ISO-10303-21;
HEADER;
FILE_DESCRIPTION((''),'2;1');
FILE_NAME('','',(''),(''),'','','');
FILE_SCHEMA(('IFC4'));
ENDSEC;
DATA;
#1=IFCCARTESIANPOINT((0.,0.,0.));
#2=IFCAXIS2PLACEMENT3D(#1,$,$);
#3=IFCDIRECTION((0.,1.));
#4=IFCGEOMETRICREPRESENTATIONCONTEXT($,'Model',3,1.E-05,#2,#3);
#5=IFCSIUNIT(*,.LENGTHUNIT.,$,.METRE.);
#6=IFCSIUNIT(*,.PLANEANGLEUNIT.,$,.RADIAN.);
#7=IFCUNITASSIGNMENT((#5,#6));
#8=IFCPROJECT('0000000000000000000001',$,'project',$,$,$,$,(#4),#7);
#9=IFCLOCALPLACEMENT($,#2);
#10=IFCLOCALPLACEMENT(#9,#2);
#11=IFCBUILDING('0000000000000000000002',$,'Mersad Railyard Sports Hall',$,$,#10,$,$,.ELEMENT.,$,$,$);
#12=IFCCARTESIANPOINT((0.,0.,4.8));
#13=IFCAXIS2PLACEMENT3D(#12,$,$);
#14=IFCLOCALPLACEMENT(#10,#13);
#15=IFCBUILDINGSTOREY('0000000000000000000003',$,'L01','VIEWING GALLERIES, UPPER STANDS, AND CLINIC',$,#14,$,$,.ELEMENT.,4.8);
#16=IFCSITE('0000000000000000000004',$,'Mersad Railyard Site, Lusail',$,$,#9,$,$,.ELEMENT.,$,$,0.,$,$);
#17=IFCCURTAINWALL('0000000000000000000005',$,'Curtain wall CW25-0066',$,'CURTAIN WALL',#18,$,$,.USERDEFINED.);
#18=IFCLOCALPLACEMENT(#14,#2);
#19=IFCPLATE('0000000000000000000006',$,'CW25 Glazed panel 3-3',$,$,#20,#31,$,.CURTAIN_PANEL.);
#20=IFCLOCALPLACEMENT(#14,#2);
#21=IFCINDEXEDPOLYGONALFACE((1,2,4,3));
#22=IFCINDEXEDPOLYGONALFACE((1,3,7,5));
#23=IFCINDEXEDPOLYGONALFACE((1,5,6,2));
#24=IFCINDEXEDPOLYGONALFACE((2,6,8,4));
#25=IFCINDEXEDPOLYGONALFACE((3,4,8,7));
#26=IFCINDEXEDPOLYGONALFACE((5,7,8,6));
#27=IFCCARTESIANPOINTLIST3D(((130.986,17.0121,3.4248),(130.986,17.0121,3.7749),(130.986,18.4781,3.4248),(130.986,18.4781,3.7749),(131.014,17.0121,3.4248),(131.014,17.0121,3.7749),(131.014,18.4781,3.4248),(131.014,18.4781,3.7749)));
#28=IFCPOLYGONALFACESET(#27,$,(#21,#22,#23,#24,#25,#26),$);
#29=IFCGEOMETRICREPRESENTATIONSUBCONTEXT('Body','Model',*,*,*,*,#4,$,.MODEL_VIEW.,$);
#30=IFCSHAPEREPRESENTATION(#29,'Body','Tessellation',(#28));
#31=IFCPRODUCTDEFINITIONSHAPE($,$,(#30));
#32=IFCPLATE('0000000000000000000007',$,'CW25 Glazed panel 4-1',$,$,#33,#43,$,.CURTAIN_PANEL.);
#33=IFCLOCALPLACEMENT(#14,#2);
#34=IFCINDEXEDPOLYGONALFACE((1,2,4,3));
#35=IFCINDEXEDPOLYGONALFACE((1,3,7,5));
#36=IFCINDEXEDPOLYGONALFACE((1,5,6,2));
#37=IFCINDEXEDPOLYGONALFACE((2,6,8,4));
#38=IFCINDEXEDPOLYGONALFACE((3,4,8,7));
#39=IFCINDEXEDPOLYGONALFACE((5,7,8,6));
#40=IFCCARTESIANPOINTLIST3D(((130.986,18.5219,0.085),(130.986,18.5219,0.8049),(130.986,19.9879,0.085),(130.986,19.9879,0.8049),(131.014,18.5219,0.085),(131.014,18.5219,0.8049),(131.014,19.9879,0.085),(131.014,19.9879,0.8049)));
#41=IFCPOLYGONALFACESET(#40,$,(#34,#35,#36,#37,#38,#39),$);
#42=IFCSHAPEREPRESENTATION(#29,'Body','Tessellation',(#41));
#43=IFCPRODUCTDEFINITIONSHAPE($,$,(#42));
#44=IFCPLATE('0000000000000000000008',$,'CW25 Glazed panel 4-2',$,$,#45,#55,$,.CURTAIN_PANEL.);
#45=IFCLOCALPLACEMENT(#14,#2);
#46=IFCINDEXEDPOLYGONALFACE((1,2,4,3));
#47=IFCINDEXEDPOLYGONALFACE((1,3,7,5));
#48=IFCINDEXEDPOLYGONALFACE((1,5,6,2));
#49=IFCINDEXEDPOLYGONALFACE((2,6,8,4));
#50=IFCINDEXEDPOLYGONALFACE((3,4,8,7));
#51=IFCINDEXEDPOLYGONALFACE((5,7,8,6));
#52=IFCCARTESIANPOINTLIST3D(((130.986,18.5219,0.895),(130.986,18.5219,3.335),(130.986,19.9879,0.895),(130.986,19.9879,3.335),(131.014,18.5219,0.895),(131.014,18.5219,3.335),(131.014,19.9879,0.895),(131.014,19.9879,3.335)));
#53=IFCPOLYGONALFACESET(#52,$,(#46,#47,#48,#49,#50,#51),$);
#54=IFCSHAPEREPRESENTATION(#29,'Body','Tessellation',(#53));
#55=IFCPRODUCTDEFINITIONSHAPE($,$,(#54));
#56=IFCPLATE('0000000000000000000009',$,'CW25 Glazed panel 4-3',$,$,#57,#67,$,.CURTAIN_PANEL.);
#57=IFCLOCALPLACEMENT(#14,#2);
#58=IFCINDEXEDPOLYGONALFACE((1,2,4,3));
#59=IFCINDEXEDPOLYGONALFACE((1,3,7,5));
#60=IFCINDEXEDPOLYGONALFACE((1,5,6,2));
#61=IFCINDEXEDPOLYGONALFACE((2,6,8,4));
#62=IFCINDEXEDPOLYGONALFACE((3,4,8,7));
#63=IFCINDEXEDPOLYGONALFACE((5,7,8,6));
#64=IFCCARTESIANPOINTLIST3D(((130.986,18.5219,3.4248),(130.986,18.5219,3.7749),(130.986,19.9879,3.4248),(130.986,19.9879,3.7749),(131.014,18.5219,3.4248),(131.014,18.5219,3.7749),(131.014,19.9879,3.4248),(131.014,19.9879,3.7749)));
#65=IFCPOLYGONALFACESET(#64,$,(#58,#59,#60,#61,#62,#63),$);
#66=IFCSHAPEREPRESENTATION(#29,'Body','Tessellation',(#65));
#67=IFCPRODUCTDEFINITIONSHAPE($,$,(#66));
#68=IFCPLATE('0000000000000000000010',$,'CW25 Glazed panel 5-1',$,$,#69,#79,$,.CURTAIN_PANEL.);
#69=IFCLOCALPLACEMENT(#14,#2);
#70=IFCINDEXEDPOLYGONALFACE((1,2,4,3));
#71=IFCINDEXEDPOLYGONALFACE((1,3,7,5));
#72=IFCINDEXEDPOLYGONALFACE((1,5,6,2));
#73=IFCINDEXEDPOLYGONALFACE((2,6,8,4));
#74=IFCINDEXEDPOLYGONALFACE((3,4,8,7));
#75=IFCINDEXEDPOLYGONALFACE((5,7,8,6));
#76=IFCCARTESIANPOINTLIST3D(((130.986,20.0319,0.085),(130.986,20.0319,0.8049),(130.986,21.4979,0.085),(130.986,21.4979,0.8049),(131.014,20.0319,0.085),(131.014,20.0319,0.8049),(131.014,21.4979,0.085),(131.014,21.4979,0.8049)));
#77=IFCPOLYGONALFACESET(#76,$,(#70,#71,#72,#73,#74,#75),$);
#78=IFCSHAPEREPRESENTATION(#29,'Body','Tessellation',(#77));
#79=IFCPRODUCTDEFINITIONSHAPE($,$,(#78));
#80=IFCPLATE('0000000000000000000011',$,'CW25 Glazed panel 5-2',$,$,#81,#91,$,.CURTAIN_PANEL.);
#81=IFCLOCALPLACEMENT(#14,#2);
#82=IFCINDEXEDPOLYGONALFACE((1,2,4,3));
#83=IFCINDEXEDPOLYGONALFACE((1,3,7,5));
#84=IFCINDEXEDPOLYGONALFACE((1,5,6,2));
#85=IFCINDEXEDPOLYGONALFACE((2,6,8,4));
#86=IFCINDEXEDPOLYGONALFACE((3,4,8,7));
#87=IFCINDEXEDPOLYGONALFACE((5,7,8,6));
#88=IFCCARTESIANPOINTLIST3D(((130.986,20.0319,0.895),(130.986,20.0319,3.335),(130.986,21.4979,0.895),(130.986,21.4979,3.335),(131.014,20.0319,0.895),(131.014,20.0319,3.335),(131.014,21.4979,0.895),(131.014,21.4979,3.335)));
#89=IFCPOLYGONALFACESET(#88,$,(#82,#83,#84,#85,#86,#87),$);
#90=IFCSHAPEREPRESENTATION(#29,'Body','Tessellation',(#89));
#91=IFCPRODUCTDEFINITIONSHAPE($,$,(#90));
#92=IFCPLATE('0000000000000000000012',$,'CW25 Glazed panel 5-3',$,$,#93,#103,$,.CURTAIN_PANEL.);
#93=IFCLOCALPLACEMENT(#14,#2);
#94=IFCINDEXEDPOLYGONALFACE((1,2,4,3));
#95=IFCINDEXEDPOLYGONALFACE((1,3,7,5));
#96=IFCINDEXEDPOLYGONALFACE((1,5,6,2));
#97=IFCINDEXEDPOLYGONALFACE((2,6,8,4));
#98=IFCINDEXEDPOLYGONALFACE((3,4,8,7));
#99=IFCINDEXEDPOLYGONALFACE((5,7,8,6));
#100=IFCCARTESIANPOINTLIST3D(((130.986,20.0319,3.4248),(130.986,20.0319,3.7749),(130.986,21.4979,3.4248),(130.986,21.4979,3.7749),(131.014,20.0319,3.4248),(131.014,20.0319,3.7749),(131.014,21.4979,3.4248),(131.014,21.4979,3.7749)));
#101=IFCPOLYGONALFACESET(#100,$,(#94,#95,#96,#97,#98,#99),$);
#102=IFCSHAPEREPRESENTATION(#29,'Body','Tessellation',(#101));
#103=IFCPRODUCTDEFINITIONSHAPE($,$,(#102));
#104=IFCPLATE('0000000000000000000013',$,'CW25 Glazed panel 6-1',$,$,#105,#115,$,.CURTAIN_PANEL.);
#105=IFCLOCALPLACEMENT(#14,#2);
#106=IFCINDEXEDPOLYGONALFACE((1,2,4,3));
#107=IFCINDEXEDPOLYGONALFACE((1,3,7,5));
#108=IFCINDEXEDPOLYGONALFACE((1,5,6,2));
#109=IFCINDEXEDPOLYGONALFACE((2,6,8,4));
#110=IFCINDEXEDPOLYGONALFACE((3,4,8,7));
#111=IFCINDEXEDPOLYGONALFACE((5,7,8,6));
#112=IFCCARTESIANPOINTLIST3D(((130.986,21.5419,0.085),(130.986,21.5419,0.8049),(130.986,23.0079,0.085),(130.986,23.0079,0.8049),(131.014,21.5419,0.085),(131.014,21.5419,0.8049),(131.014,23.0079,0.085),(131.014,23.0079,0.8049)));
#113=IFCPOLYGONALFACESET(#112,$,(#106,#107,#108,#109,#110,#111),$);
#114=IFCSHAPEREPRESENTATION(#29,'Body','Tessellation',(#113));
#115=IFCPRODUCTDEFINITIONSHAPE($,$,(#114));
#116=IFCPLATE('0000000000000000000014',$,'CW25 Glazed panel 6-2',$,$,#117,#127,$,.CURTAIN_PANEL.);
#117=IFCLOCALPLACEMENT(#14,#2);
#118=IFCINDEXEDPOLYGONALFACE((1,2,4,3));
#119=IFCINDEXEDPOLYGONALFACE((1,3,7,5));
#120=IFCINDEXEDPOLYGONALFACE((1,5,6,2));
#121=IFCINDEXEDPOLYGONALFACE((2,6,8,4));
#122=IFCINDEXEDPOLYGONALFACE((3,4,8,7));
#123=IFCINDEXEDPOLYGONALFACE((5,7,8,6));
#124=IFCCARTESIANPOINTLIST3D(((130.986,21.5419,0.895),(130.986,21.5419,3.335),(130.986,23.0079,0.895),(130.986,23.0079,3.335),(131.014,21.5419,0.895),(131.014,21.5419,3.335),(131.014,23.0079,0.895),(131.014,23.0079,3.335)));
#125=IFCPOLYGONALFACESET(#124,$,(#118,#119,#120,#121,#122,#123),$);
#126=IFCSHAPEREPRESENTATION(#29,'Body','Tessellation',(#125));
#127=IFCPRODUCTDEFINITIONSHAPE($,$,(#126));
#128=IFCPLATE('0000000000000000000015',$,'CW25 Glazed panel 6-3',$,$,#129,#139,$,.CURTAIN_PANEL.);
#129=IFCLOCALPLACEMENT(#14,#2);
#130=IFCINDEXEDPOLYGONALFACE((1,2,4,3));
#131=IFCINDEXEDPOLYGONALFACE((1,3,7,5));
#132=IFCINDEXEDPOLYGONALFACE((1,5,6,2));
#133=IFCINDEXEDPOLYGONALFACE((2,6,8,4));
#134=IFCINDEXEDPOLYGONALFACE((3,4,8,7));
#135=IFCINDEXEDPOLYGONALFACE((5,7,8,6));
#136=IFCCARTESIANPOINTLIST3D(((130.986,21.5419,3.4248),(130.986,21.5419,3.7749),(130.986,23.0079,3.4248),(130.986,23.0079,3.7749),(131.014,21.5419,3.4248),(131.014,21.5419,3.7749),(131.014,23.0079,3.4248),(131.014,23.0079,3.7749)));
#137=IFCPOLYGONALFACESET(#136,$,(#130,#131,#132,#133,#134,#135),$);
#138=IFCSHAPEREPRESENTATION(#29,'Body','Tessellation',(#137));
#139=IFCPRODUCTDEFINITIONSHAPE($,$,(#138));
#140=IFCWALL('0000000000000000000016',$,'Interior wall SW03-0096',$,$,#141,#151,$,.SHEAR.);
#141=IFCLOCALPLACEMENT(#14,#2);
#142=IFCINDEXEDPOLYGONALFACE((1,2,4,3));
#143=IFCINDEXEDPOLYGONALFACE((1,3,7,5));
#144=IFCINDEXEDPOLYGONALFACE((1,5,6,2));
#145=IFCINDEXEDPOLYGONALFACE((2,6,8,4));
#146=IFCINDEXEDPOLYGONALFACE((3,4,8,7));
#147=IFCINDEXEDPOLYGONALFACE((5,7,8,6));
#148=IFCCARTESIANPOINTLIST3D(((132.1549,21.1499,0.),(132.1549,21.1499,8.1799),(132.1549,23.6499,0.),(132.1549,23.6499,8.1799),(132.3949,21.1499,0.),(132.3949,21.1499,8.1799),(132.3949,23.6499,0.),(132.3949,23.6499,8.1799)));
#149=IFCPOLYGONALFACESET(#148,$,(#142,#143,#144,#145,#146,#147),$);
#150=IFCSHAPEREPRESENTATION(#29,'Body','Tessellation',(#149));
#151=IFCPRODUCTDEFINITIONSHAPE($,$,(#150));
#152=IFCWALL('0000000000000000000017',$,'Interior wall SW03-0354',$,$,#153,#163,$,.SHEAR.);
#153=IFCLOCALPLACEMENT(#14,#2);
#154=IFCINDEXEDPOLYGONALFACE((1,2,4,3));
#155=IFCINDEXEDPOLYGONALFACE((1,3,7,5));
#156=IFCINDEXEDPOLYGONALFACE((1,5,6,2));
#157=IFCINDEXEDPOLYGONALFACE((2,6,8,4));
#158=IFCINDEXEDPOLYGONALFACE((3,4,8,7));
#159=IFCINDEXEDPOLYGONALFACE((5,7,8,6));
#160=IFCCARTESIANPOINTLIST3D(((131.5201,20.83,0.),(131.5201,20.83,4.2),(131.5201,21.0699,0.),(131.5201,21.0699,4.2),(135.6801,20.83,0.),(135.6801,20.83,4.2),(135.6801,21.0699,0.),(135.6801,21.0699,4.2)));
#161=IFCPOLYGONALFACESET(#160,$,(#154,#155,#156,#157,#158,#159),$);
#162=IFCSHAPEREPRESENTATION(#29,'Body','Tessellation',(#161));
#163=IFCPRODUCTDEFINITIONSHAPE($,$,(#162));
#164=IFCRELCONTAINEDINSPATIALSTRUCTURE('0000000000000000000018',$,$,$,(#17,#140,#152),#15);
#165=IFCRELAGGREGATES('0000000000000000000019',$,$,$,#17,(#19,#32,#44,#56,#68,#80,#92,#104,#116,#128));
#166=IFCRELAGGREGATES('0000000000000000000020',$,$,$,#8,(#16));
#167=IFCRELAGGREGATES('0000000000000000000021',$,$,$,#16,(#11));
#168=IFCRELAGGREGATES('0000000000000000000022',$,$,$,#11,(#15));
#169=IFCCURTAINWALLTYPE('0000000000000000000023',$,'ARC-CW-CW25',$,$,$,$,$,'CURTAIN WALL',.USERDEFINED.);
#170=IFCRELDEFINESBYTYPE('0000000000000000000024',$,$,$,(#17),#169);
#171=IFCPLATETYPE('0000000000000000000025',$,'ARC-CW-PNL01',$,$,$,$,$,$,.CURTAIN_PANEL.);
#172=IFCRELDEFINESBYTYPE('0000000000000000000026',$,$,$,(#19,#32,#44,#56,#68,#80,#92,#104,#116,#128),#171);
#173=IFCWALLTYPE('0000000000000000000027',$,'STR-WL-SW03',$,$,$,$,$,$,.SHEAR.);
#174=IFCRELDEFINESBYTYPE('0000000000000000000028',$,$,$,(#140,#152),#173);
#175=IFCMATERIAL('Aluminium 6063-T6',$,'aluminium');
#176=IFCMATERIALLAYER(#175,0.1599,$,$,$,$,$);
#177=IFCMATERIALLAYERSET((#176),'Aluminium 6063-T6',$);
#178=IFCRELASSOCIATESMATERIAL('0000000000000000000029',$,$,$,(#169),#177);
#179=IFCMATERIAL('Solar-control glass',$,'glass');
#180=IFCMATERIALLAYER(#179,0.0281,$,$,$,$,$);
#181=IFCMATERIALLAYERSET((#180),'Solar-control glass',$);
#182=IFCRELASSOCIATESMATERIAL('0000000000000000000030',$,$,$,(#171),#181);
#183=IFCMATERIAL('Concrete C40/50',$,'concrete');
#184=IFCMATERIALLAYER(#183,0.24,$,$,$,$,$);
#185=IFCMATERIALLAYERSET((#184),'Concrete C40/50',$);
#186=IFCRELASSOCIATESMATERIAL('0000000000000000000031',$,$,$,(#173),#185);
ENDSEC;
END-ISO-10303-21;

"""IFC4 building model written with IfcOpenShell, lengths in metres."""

from ifc_helpers import new_model, si_unit, direction, frame, frame_2d, origin, origin_2d, place, context, subcontext, project, spatial, rectangle, extrude, material, layer, layer_set, type_object, element, aggregate, save


model = new_model("IFC4")

# Units and contexts
model_context = context("Model", 3, precision=1e-05, world=origin(), true_north=direction((0.0, 1.0)))
body_context = subcontext(model_context, "Body", "Model", "MODEL_VIEW")
ifc_project = project(units=[si_unit("LENGTHUNIT", "METRE"), si_unit("PLANEANGLEUNIT", "RADIAN")], contexts=[model_context])

# Site, building, storey
site_placement = place(None, origin())
site = spatial("IfcSite", under=ifc_project, at=site_placement, Name="Mersad Railyard Site, Lusail", CompositionType="ELEMENT", RefElevation=0.0)
building_placement = place(site_placement, origin())
building = spatial("IfcBuilding", under=site, at=building_placement, Name="Mersad Railyard Sports Hall", CompositionType="ELEMENT")
storey_placement = place(building_placement, frame((0.0, 0.0, 4.8)))
storey = spatial("IfcBuildingStorey", under=building, at=storey_placement, Name="L01", Description="VIEWING GALLERIES, UPPER STANDS, AND CLINIC", CompositionType="ELEMENT", Elevation=4.8)

# Curtain wall, plates
ifc_material_1 = material(Name="Aluminium 6063-T6", Category="aluminium")
ifc_layer_1 = layer(ifc_material_1, 0.1599)
ifc_layer_set_1 = layer_set([ifc_layer_1], Name="Aluminium 6063-T6")
curtain_wall_type = type_object("IfcCurtainWallType", Name="ARC-CW-CW25", ElementType="CURTAIN WALL", PredefinedType="USERDEFINED", material=ifc_layer_set_1)
curtain_wall_placement = place(storey_placement, origin())
curtain_wall = element("IfcCurtainWall", 1, at=curtain_wall_placement, inside=storey, type_object=curtain_wall_type, Name="Curtain wall CW25-0066", ObjectType="CURTAIN WALL", PredefinedType="USERDEFINED")
ifc_material_2 = material(Name="Solar-control glass", Category="glass")
ifc_layer_2 = layer(ifc_material_2, 0.0281)
ifc_layer_set_2 = layer_set([ifc_layer_2], Name="Solar-control glass")
plate_type = type_object("IfcPlateType", Name="ARC-CW-PNL01", PredefinedType="CURTAIN_PANEL", material=ifc_layer_set_2)
plate_1_placement = place(storey_placement, frame((131.0, 17.7451, 3.4248), z_axis=(0.0, 0.0, 1.0), x_axis=(0.0, 1.0, 0.0)))
plate_1 = element("IfcPlate", 2, at=plate_1_placement, type_object=plate_type, Name="CW25 Glazed panel 3-3", PredefinedType="CURTAIN_PANEL", context=body_context, shape_type="SweptSolid", body=[
    extrude(rectangle(XDim=1.4661, YDim=0.0281, at=origin_2d()), origin(), (0.0, 0.0, 1.0), 0.3501),
])
plate_2_placement = place(storey_placement, frame((131.0, 19.2549, 0.085), z_axis=(0.0, 0.0, 1.0), x_axis=(0.0, 1.0, 0.0)))
plate_2 = element("IfcPlate", 3, at=plate_2_placement, type_object=plate_type, Name="CW25 Glazed panel 4-1", PredefinedType="CURTAIN_PANEL", context=body_context, shape_type="SweptSolid", body=[
    extrude(rectangle(XDim=1.4661, YDim=0.0281, at=origin_2d()), origin(), (0.0, 0.0, 1.0), 0.72),
])
plate_3_placement = place(storey_placement, frame((131.0, 19.2549, 0.895), z_axis=(0.0, 0.0, 1.0), x_axis=(0.0, 1.0, 0.0)))
plate_3 = element("IfcPlate", 4, at=plate_3_placement, type_object=plate_type, Name="CW25 Glazed panel 4-2", PredefinedType="CURTAIN_PANEL", context=body_context, shape_type="SweptSolid", body=[
    extrude(rectangle(XDim=1.4661, YDim=0.0281, at=origin_2d()), origin(), (0.0, 0.0, 1.0), 2.4399),
])
plate_4_placement = place(storey_placement, frame((131.0, 19.2549, 3.4248), z_axis=(0.0, 0.0, 1.0), x_axis=(0.0, 1.0, 0.0)))
plate_4 = element("IfcPlate", 5, at=plate_4_placement, type_object=plate_type, Name="CW25 Glazed panel 4-3", PredefinedType="CURTAIN_PANEL", context=body_context, shape_type="SweptSolid", body=[
    extrude(rectangle(XDim=1.4661, YDim=0.0281, at=origin_2d()), origin(), (0.0, 0.0, 1.0), 0.3501),
])
plate_5_placement = place(storey_placement, frame((131.0, 20.7649, 0.085), z_axis=(0.0, 0.0, 1.0), x_axis=(0.0, 1.0, 0.0)))
plate_5 = element("IfcPlate", 6, at=plate_5_placement, type_object=plate_type, Name="CW25 Glazed panel 5-1", PredefinedType="CURTAIN_PANEL", context=body_context, shape_type="SweptSolid", body=[
    extrude(rectangle(XDim=1.4661, YDim=0.0281, at=origin_2d()), origin(), (0.0, 0.0, 1.0), 0.72),
])
plate_6_placement = place(storey_placement, frame((131.0, 20.7649, 0.895), z_axis=(0.0, 0.0, 1.0), x_axis=(0.0, 1.0, 0.0)))
plate_6 = element("IfcPlate", 7, at=plate_6_placement, type_object=plate_type, Name="CW25 Glazed panel 5-2", PredefinedType="CURTAIN_PANEL", context=body_context, shape_type="SweptSolid", body=[
    extrude(rectangle(XDim=1.4661, YDim=0.0281, at=origin_2d()), origin(), (0.0, 0.0, 1.0), 2.4399),
])
plate_7_placement = place(storey_placement, frame((131.0, 20.7649, 3.4248), z_axis=(0.0, 0.0, 1.0), x_axis=(0.0, 1.0, 0.0)))
plate_7 = element("IfcPlate", 8, at=plate_7_placement, type_object=plate_type, Name="CW25 Glazed panel 5-3", PredefinedType="CURTAIN_PANEL", context=body_context, shape_type="SweptSolid", body=[
    extrude(rectangle(XDim=1.4661, YDim=0.0281, at=origin_2d()), origin(), (0.0, 0.0, 1.0), 0.3501),
])
plate_8_placement = place(storey_placement, frame((131.0, 22.2749, 0.085), z_axis=(0.0, 0.0, 1.0), x_axis=(0.0, 1.0, 0.0)))
plate_8 = element("IfcPlate", 9, at=plate_8_placement, type_object=plate_type, Name="CW25 Glazed panel 6-1", PredefinedType="CURTAIN_PANEL", context=body_context, shape_type="SweptSolid", body=[
    extrude(rectangle(XDim=1.4661, YDim=0.0281, at=origin_2d()), origin(), (0.0, 0.0, 1.0), 0.72),
])
plate_9_placement = place(storey_placement, frame((131.0, 22.2749, 0.895), z_axis=(0.0, 0.0, 1.0), x_axis=(0.0, 1.0, 0.0)))
plate_9 = element("IfcPlate", 10, at=plate_9_placement, type_object=plate_type, Name="CW25 Glazed panel 6-2", PredefinedType="CURTAIN_PANEL", context=body_context, shape_type="SweptSolid", body=[
    extrude(rectangle(XDim=1.4661, YDim=0.0281, at=origin_2d()), origin(), (0.0, 0.0, 1.0), 2.4399),
])
plate_10_placement = place(storey_placement, frame((131.0, 22.2749, 3.4248), z_axis=(0.0, 0.0, 1.0), x_axis=(0.0, 1.0, 0.0)))
plate_10 = element("IfcPlate", 11, at=plate_10_placement, type_object=plate_type, Name="CW25 Glazed panel 6-3", PredefinedType="CURTAIN_PANEL", context=body_context, shape_type="SweptSolid", body=[
    extrude(rectangle(XDim=1.4661, YDim=0.0281, at=origin_2d()), origin(), (0.0, 0.0, 1.0), 0.3501),
])
aggregate(curtain_wall, [plate_1, plate_2, plate_3, plate_4, plate_5, plate_6, plate_7, plate_8, plate_9, plate_10])

# Walls
ifc_material_3 = material(Name="Concrete C40/50", Category="concrete")
ifc_layer_3 = layer(ifc_material_3, 0.24)
ifc_layer_set_3 = layer_set([ifc_layer_3], Name="Concrete C40/50")
wall_type = type_object("IfcWallType", Name="STR-WL-SW03", PredefinedType="SHEAR", material=ifc_layer_set_3)
wall_1_placement = place(storey_placement, frame((132.2749, 21.1499, 0.0), z_axis=(0.0, 0.0, 1.0), x_axis=(0.0, 1.0, 0.0)))
element("IfcWall", 12, at=wall_1_placement, inside=storey, type_object=wall_type, Name="Interior wall SW03-0096", PredefinedType="SHEAR", context=body_context, shape_type="SweptSolid", body=[
    extrude(rectangle(XDim=2.5, YDim=0.24, at=frame_2d((1.25, 0.0))), origin(), (0.0, 0.0, 1.0), 8.1799),
])
wall_2_placement = place(storey_placement, frame((131.52, 20.95, 0.0), z_axis=(0.0, 0.0, 1.0), x_axis=(1.0, 0.0, 0.0)))
element("IfcWall", 13, at=wall_2_placement, inside=storey, type_object=wall_type, Name="Interior wall SW03-0354", PredefinedType="SHEAR", context=body_context, shape_type="SweptSolid", body=[
    extrude(rectangle(XDim=4.1599, YDim=0.24, at=frame_2d((2.0801, 0.0))), origin(), (0.0, 0.0, 1.0), 4.2),
])

save(model, "model.ifc")
